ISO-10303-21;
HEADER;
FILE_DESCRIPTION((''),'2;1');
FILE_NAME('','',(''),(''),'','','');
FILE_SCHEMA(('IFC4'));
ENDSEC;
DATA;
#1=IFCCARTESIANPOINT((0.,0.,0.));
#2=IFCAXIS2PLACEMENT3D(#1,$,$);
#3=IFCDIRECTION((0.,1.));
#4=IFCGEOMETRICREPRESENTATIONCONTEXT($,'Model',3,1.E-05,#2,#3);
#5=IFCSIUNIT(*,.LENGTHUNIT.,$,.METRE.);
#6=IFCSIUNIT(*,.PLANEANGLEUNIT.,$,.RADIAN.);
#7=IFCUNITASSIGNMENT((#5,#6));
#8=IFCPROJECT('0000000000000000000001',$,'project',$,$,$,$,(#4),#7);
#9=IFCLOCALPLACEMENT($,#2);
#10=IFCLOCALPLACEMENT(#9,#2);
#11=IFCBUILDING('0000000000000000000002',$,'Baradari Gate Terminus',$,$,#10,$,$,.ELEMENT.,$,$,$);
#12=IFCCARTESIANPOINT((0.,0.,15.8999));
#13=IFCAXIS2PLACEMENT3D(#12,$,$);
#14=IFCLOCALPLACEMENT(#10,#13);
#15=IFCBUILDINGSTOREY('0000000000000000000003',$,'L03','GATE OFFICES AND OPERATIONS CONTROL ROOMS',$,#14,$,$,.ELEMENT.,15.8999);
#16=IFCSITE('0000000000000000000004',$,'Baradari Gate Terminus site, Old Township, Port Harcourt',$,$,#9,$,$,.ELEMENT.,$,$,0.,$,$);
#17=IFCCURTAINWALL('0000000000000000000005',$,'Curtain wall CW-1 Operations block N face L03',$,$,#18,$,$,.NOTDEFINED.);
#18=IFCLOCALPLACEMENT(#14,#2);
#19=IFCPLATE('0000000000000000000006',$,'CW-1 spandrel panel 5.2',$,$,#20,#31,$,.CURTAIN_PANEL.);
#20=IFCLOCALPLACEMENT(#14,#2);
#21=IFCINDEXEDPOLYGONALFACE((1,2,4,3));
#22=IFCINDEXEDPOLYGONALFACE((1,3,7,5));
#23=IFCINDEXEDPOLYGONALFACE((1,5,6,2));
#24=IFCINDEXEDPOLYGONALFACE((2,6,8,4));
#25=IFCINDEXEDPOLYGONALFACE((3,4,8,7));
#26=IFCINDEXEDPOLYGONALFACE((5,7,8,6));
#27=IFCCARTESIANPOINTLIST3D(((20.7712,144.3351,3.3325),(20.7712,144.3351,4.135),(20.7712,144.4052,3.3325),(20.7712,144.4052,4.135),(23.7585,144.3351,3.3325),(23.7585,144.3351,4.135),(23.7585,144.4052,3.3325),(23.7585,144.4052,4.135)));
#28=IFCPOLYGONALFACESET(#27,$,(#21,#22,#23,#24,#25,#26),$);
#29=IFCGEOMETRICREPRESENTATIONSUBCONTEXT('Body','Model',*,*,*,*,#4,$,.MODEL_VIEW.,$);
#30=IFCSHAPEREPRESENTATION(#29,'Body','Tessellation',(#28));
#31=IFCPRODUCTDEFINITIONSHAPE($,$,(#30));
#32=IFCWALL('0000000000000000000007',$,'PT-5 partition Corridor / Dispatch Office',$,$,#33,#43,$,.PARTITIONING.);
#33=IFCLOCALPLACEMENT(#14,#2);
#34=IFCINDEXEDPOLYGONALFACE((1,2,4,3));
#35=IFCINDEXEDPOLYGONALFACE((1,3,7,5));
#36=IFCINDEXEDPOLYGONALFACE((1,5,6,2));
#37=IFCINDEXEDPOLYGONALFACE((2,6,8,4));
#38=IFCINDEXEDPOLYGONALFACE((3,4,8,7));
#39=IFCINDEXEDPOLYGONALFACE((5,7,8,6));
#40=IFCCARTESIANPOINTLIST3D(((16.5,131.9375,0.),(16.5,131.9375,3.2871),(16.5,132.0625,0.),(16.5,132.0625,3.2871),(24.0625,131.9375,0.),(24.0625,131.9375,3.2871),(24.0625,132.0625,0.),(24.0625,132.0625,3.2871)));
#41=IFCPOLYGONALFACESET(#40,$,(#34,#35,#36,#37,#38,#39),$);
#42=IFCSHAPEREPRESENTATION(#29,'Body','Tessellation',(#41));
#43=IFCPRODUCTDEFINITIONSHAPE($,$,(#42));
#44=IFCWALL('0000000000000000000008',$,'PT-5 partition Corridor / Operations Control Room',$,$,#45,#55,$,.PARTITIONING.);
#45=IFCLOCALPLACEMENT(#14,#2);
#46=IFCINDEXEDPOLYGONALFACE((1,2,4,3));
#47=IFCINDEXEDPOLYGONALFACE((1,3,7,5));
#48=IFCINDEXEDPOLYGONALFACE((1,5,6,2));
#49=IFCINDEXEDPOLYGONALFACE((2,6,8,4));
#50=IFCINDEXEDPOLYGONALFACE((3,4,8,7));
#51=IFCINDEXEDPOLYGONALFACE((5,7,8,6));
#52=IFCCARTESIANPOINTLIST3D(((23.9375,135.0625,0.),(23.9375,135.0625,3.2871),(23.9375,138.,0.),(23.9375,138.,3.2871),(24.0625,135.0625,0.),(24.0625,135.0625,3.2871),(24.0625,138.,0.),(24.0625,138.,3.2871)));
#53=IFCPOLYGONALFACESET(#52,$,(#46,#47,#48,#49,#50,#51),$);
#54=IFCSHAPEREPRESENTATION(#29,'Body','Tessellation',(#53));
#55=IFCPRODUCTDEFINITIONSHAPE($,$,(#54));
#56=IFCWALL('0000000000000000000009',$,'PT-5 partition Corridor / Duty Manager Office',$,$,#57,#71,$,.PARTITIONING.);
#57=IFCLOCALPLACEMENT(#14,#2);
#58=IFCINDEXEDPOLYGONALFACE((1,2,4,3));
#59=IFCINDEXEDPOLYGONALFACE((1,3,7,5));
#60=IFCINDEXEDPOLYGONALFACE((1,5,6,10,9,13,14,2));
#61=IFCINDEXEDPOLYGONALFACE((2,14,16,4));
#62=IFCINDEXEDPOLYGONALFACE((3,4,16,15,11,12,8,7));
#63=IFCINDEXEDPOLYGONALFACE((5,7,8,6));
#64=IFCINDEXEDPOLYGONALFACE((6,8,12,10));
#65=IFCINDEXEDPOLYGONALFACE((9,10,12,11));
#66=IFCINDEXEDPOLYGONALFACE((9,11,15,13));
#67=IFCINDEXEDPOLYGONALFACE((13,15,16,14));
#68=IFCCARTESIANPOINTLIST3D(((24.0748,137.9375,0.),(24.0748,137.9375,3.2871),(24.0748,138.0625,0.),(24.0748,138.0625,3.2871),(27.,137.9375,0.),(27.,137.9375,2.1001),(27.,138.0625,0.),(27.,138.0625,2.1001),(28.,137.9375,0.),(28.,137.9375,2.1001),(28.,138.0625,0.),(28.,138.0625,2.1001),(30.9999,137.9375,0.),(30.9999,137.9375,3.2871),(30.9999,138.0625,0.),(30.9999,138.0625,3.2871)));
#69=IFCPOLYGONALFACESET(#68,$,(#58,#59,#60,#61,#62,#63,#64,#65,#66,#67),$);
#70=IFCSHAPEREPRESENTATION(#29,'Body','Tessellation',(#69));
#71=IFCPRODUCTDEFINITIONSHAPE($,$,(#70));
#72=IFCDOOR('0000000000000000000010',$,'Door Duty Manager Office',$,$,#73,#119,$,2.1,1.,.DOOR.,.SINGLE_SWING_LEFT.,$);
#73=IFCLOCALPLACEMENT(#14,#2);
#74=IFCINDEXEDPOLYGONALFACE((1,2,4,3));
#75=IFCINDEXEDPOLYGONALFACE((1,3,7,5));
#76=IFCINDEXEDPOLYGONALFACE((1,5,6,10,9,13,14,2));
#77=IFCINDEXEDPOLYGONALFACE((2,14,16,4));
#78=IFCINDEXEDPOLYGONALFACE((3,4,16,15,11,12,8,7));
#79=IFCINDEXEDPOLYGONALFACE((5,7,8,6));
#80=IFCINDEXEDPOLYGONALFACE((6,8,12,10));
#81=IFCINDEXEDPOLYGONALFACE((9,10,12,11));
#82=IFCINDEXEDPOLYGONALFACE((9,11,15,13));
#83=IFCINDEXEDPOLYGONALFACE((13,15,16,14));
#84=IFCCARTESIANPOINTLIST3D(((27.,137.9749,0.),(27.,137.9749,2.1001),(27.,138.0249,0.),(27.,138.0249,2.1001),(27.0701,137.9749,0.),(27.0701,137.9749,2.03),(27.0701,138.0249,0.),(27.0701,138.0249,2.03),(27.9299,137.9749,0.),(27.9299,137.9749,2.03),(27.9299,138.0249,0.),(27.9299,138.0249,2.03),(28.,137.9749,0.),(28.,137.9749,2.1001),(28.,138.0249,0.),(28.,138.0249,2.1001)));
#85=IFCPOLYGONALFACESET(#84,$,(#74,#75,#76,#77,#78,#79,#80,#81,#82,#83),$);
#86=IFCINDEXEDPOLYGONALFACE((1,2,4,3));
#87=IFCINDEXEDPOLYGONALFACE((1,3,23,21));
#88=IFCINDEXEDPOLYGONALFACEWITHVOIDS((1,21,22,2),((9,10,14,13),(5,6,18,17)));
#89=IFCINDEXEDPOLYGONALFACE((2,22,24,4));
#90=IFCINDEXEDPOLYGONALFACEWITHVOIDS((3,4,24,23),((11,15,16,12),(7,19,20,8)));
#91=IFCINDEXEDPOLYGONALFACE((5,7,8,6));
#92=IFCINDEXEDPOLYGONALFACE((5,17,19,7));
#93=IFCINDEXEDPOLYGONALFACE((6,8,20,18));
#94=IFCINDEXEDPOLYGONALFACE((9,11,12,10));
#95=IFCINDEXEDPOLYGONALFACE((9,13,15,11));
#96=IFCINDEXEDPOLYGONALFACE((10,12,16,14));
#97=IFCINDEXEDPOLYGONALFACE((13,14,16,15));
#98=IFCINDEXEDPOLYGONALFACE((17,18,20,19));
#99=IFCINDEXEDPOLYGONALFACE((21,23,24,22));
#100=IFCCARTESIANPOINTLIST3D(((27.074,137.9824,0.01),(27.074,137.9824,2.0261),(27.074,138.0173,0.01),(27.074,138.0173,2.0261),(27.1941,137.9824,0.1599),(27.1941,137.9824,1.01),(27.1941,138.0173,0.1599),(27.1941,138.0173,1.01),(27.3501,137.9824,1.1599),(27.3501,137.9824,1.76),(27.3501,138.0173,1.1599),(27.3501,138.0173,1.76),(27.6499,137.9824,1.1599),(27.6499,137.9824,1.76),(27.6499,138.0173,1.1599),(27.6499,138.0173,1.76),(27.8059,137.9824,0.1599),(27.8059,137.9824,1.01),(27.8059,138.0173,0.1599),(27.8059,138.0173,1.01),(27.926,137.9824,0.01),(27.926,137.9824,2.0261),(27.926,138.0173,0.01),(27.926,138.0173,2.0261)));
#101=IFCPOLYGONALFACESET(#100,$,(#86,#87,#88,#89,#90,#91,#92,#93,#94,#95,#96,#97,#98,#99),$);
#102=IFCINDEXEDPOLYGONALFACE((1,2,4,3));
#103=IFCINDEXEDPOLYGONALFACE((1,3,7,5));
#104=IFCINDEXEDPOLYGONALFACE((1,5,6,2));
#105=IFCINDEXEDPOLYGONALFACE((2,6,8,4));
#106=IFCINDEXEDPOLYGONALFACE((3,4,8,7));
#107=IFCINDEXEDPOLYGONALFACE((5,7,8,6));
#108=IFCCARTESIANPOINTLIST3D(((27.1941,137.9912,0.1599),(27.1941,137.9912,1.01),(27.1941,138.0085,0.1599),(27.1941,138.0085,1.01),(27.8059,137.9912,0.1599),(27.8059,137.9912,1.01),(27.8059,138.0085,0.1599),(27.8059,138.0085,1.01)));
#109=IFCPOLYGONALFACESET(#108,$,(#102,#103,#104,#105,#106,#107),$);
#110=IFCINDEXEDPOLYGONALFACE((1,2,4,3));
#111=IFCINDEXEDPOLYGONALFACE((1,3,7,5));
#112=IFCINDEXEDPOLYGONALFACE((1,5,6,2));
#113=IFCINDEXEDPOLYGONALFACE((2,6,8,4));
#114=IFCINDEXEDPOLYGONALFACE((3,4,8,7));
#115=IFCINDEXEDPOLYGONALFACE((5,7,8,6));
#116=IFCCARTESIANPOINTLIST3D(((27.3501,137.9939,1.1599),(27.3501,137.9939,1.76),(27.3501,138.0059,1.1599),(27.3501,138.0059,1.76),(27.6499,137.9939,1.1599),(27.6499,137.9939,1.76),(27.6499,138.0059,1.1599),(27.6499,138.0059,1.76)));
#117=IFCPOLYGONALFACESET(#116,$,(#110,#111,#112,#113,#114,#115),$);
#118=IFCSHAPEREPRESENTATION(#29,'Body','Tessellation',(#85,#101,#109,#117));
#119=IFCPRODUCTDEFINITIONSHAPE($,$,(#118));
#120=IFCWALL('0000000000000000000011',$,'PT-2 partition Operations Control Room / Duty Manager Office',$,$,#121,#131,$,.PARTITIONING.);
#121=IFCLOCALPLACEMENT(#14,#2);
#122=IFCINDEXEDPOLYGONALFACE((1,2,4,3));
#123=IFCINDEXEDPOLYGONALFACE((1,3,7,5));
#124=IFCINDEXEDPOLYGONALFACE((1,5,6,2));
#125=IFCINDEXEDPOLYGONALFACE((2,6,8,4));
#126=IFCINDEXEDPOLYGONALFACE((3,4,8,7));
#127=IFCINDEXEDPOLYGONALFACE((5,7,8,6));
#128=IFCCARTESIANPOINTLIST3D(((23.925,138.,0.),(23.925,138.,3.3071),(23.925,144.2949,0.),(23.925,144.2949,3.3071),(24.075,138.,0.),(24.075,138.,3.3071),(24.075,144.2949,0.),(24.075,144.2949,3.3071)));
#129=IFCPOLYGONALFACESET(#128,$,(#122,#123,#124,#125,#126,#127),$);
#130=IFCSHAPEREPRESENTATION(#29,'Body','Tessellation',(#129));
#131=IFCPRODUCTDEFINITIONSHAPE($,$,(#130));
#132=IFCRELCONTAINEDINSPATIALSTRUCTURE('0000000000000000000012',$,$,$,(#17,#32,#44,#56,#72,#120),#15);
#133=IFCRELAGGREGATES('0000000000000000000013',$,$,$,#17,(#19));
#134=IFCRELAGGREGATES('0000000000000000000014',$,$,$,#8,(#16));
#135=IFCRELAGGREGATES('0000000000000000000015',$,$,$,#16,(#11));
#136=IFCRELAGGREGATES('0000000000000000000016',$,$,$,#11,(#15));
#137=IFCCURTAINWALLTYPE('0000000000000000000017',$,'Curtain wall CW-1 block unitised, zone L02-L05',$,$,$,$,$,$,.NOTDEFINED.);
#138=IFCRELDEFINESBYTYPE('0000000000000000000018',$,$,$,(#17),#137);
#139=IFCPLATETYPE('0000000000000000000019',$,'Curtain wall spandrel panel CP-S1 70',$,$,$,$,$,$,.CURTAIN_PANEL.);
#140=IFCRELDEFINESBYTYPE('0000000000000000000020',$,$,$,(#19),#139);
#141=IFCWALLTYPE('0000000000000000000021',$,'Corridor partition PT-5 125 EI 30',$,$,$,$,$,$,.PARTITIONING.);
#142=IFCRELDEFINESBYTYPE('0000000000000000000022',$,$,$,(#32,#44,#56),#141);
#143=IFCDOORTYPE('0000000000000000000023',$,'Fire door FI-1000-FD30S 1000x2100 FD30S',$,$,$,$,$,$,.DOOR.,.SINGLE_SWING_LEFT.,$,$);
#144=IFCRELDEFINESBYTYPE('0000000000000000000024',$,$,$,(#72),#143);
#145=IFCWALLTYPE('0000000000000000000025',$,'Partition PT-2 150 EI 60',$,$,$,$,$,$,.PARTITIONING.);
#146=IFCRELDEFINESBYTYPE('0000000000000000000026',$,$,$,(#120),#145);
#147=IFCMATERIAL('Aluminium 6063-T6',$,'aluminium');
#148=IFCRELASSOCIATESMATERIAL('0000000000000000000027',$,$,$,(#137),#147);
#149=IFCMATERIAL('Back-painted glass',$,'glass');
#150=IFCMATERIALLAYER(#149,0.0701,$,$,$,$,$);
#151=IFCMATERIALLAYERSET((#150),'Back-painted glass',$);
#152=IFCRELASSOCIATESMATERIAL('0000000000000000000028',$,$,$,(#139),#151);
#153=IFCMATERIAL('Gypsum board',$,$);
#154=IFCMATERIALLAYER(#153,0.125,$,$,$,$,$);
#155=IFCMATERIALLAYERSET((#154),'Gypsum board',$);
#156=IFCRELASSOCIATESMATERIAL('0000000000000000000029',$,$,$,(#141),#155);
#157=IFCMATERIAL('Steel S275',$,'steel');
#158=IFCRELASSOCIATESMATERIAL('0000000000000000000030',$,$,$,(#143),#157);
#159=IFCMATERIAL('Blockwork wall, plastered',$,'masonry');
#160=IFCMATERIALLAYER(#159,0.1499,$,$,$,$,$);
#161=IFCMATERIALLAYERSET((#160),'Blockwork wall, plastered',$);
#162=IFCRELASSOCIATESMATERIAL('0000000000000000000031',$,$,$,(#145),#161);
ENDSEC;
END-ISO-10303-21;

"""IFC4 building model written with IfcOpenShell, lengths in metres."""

from ifc_helpers import new_model, si_unit, direction, frame, frame_2d, origin, origin_2d, place, context, subcontext, project, spatial, polyline, rectangle, outline, extrude, material, layer, layer_set, type_object, element, fill, aggregate, save


model = new_model("IFC4")

# Units and contexts
model_context = context("Model", 3, precision=1e-05, world=origin(), true_north=direction((0.0, 1.0)))
body_context = subcontext(model_context, "Body", "Model", "MODEL_VIEW")
ifc_project = project(units=[si_unit("LENGTHUNIT", "METRE"), si_unit("PLANEANGLEUNIT", "RADIAN")], contexts=[model_context])

# Site, building, storey
site_placement = place(None, origin())
site = spatial("IfcSite", under=ifc_project, at=site_placement, Name="Baradari Gate Terminus site, Old Township, Port Harcourt", CompositionType="ELEMENT", RefElevation=0.0)
building_placement = place(site_placement, origin())
building = spatial("IfcBuilding", under=site, at=building_placement, Name="Baradari Gate Terminus", CompositionType="ELEMENT")
storey_placement = place(building_placement, frame((0.0, 0.0, 15.8999)))
storey = spatial("IfcBuildingStorey", under=building, at=storey_placement, Name="L03", Description="GATE OFFICES AND OPERATIONS CONTROL ROOMS", CompositionType="ELEMENT", Elevation=15.8999)

# Curtain wall
ifc_material_1 = material(Name="Aluminium 6063-T6", Category="aluminium")
curtain_wall_type = type_object("IfcCurtainWallType", Name="Curtain wall CW-1 block unitised, zone L02-L05", PredefinedType="NOTDEFINED", material=ifc_material_1)
curtain_wall_placement = place(storey_placement, origin())
curtain_wall = element("IfcCurtainWall", 1, at=curtain_wall_placement, inside=storey, type_object=curtain_wall_type, Name="Curtain wall CW-1 Operations block N face L03", PredefinedType="NOTDEFINED")

# Plate
ifc_material_2 = material(Name="Back-painted glass", Category="glass")
ifc_layer_1 = layer(ifc_material_2, 0.0701)
ifc_layer_set_1 = layer_set([ifc_layer_1], Name="Back-painted glass")
plate_type_1 = type_object("IfcPlateType", Name="Curtain wall spandrel panel CP-S1 70", PredefinedType="CURTAIN_PANEL", material=ifc_layer_set_1)
plate_1_placement = place(storey_placement, frame((22.2649, 144.3701, 3.3325), z_axis=(0.0, 0.0, 1.0), x_axis=(1.0, 0.0, 0.0)))
plate_1 = element("IfcPlate", 2, at=plate_1_placement, type_object=plate_type_1, Name="CW-1 spandrel panel 5.2", PredefinedType="CURTAIN_PANEL", context=body_context, shape_type="SweptSolid", body=[
    extrude(rectangle(XDim=2.9873, YDim=0.0701, at=origin_2d()), origin(), (0.0, 0.0, 1.0), 0.8025),
])
aggregate(curtain_wall, [plate_1])

# Walls
ifc_material_3 = material(Name="Gypsum board")
ifc_layer_2 = layer(ifc_material_3, 0.125)
ifc_layer_set_2 = layer_set([ifc_layer_2], Name="Gypsum board")
wall_type_1 = type_object("IfcWallType", Name="Corridor partition PT-5 125 EI 30", PredefinedType="PARTITIONING", material=ifc_layer_set_2)
wall_1_placement = place(storey_placement, frame((24.0625, 132.0, 0.0), z_axis=(0.0, 0.0, 1.0), x_axis=(-1.0, 0.0, 0.0)))
element("IfcWall", 3, at=wall_1_placement, inside=storey, type_object=wall_type_1, Name="PT-5 partition Corridor / Dispatch Office", PredefinedType="PARTITIONING", context=body_context, shape_type="SweptSolid", body=[
    extrude(rectangle(XDim=7.5625, YDim=0.125, at=frame_2d((3.7812, 0.0))), origin(), (0.0, 0.0, 1.0), 3.2871),
])
wall_2_placement = place(storey_placement, frame((24.0, 135.0625, 0.0), z_axis=(0.0, 0.0, 1.0), x_axis=(0.0, 1.0, 0.0)))
element("IfcWall", 4, at=wall_2_placement, inside=storey, type_object=wall_type_1, Name="PT-5 partition Corridor / Operations Control Room", PredefinedType="PARTITIONING", context=body_context, shape_type="SweptSolid", body=[
    extrude(rectangle(XDim=2.9375, YDim=0.125, at=frame_2d((1.4688, 0.0))), origin(), (0.0, 0.0, 1.0), 3.2871),
])

# Wall, opening, door
wall_3_placement = place(storey_placement, frame((24.075, 138.0, 0.0), z_axis=(0.0, 0.0, 1.0), x_axis=(1.0, 0.0, 0.0)))
wall_3 = element("IfcWall", 5, at=wall_3_placement, inside=storey, type_object=wall_type_1, Name="PT-5 partition Corridor / Duty Manager Office", PredefinedType="PARTITIONING", context=body_context, shape_type="SweptSolid", body=[
    extrude(rectangle(XDim=6.925, YDim=0.125, at=frame_2d((3.4624, 0.0))), origin(), (0.0, 0.0, 1.0), 3.2871),
])
opening_1_placement = place(wall_3_placement, frame((2.925, 0.0, 0.0)))
opening_1 = element("IfcOpeningElement", 6, at=opening_1_placement, cuts=wall_3, PredefinedType="OPENING", context=body_context, shape_type="SweptSolid", body=[
    extrude(rectangle(XDim=1.0, YDim=2.1001, at=frame_2d((0.5, 1.05))), frame((0.0, 0.0725, 0.0), z_axis=(0.0, -1.0, 0.0), x_axis=(1.0, 0.0, 0.0)), (0.0, 0.0, 1.0), 0.145),
])
ifc_material_4 = material(Name="Steel S275", Category="steel")
door_type_1 = type_object("IfcDoorType", Name="Fire door FI-1000-FD30S 1000x2100 FD30S", OperationType="SINGLE_SWING_LEFT", PredefinedType="DOOR", material=ifc_material_4)
door_1_placement = place(opening_1_placement, origin())
door_1 = element("IfcDoor", 7, at=door_1_placement, inside=storey, type_object=door_type_1, Name="Door Duty Manager Office", OperationType="SINGLE_SWING_LEFT", OverallHeight=2.1, OverallWidth=1.0, PredefinedType="DOOR", context=body_context, shape_type="SweptSolid", body=[
    extrude(outline(polyline([(0.0, 0.0), (0.0701, 0.0), (0.0701, 2.03), (0.9299, 2.03), (0.9299, 0.0), (1.0, 0.0), (1.0, 2.1001), (0.0, 2.1001), (0.0, 0.0)])), frame((0.0, 0.0249, 0.0), z_axis=(0.0, -1.0, 0.0), x_axis=(1.0, 0.0, 0.0)), (0.0, 0.0, 1.0), 0.05),
    extrude(outline(polyline([(0.074, 0.01), (0.926, 0.01), (0.926, 2.0261), (0.074, 2.0261), (0.074, 0.01)]), holes=[polyline([(0.1941, 0.1599), (0.8059, 0.1599), (0.8059, 1.01), (0.1941, 1.01), (0.1941, 0.1599)]), polyline([(0.3501, 1.1599), (0.6499, 1.1599), (0.6499, 1.76), (0.3501, 1.76), (0.3501, 1.1599)])]), frame((0.0, 0.0173, 0.0), z_axis=(0.0, -1.0, 0.0), x_axis=(1.0, 0.0, 0.0)), (0.0, 0.0, 1.0), 0.0349),
    extrude(rectangle(XDim=0.6118, YDim=0.8501, at=frame_2d((0.5, 0.585))), frame((0.0, 0.0085, 0.0), z_axis=(0.0, -1.0, 0.0), x_axis=(1.0, 0.0, 0.0)), (0.0, 0.0, 1.0), 0.0173),
    extrude(rectangle(XDim=0.2998, YDim=0.6001, at=frame_2d((0.5, 1.46))), frame((0.0, 0.0059, 0.0), z_axis=(0.0, -1.0, 0.0), x_axis=(1.0, 0.0, 0.0)), (0.0, 0.0, 1.0), 0.012),
])
fill(opening_1, door_1)

# Wall
ifc_material_5 = material(Name="Blockwork wall, plastered", Category="masonry")
ifc_layer_3 = layer(ifc_material_5, 0.1499)
ifc_layer_set_3 = layer_set([ifc_layer_3], Name="Blockwork wall, plastered")
wall_type_2 = type_object("IfcWallType", Name="Partition PT-2 150 EI 60", PredefinedType="PARTITIONING", material=ifc_layer_set_3)
wall_4_placement = place(storey_placement, frame((24.0, 144.2949, 0.0), z_axis=(0.0, 0.0, 1.0), x_axis=(0.0, -1.0, 0.0)))
element("IfcWall", 8, at=wall_4_placement, inside=storey, type_object=wall_type_2, Name="PT-2 partition Operations Control Room / Duty Manager Office", PredefinedType="PARTITIONING", context=body_context, shape_type="SweptSolid", body=[
    extrude(rectangle(XDim=6.2949, YDim=0.1499, at=frame_2d((3.1475, 0.0))), origin(), (0.0, 0.0, 1.0), 3.3071),
])

save(model, "model.ifc")
